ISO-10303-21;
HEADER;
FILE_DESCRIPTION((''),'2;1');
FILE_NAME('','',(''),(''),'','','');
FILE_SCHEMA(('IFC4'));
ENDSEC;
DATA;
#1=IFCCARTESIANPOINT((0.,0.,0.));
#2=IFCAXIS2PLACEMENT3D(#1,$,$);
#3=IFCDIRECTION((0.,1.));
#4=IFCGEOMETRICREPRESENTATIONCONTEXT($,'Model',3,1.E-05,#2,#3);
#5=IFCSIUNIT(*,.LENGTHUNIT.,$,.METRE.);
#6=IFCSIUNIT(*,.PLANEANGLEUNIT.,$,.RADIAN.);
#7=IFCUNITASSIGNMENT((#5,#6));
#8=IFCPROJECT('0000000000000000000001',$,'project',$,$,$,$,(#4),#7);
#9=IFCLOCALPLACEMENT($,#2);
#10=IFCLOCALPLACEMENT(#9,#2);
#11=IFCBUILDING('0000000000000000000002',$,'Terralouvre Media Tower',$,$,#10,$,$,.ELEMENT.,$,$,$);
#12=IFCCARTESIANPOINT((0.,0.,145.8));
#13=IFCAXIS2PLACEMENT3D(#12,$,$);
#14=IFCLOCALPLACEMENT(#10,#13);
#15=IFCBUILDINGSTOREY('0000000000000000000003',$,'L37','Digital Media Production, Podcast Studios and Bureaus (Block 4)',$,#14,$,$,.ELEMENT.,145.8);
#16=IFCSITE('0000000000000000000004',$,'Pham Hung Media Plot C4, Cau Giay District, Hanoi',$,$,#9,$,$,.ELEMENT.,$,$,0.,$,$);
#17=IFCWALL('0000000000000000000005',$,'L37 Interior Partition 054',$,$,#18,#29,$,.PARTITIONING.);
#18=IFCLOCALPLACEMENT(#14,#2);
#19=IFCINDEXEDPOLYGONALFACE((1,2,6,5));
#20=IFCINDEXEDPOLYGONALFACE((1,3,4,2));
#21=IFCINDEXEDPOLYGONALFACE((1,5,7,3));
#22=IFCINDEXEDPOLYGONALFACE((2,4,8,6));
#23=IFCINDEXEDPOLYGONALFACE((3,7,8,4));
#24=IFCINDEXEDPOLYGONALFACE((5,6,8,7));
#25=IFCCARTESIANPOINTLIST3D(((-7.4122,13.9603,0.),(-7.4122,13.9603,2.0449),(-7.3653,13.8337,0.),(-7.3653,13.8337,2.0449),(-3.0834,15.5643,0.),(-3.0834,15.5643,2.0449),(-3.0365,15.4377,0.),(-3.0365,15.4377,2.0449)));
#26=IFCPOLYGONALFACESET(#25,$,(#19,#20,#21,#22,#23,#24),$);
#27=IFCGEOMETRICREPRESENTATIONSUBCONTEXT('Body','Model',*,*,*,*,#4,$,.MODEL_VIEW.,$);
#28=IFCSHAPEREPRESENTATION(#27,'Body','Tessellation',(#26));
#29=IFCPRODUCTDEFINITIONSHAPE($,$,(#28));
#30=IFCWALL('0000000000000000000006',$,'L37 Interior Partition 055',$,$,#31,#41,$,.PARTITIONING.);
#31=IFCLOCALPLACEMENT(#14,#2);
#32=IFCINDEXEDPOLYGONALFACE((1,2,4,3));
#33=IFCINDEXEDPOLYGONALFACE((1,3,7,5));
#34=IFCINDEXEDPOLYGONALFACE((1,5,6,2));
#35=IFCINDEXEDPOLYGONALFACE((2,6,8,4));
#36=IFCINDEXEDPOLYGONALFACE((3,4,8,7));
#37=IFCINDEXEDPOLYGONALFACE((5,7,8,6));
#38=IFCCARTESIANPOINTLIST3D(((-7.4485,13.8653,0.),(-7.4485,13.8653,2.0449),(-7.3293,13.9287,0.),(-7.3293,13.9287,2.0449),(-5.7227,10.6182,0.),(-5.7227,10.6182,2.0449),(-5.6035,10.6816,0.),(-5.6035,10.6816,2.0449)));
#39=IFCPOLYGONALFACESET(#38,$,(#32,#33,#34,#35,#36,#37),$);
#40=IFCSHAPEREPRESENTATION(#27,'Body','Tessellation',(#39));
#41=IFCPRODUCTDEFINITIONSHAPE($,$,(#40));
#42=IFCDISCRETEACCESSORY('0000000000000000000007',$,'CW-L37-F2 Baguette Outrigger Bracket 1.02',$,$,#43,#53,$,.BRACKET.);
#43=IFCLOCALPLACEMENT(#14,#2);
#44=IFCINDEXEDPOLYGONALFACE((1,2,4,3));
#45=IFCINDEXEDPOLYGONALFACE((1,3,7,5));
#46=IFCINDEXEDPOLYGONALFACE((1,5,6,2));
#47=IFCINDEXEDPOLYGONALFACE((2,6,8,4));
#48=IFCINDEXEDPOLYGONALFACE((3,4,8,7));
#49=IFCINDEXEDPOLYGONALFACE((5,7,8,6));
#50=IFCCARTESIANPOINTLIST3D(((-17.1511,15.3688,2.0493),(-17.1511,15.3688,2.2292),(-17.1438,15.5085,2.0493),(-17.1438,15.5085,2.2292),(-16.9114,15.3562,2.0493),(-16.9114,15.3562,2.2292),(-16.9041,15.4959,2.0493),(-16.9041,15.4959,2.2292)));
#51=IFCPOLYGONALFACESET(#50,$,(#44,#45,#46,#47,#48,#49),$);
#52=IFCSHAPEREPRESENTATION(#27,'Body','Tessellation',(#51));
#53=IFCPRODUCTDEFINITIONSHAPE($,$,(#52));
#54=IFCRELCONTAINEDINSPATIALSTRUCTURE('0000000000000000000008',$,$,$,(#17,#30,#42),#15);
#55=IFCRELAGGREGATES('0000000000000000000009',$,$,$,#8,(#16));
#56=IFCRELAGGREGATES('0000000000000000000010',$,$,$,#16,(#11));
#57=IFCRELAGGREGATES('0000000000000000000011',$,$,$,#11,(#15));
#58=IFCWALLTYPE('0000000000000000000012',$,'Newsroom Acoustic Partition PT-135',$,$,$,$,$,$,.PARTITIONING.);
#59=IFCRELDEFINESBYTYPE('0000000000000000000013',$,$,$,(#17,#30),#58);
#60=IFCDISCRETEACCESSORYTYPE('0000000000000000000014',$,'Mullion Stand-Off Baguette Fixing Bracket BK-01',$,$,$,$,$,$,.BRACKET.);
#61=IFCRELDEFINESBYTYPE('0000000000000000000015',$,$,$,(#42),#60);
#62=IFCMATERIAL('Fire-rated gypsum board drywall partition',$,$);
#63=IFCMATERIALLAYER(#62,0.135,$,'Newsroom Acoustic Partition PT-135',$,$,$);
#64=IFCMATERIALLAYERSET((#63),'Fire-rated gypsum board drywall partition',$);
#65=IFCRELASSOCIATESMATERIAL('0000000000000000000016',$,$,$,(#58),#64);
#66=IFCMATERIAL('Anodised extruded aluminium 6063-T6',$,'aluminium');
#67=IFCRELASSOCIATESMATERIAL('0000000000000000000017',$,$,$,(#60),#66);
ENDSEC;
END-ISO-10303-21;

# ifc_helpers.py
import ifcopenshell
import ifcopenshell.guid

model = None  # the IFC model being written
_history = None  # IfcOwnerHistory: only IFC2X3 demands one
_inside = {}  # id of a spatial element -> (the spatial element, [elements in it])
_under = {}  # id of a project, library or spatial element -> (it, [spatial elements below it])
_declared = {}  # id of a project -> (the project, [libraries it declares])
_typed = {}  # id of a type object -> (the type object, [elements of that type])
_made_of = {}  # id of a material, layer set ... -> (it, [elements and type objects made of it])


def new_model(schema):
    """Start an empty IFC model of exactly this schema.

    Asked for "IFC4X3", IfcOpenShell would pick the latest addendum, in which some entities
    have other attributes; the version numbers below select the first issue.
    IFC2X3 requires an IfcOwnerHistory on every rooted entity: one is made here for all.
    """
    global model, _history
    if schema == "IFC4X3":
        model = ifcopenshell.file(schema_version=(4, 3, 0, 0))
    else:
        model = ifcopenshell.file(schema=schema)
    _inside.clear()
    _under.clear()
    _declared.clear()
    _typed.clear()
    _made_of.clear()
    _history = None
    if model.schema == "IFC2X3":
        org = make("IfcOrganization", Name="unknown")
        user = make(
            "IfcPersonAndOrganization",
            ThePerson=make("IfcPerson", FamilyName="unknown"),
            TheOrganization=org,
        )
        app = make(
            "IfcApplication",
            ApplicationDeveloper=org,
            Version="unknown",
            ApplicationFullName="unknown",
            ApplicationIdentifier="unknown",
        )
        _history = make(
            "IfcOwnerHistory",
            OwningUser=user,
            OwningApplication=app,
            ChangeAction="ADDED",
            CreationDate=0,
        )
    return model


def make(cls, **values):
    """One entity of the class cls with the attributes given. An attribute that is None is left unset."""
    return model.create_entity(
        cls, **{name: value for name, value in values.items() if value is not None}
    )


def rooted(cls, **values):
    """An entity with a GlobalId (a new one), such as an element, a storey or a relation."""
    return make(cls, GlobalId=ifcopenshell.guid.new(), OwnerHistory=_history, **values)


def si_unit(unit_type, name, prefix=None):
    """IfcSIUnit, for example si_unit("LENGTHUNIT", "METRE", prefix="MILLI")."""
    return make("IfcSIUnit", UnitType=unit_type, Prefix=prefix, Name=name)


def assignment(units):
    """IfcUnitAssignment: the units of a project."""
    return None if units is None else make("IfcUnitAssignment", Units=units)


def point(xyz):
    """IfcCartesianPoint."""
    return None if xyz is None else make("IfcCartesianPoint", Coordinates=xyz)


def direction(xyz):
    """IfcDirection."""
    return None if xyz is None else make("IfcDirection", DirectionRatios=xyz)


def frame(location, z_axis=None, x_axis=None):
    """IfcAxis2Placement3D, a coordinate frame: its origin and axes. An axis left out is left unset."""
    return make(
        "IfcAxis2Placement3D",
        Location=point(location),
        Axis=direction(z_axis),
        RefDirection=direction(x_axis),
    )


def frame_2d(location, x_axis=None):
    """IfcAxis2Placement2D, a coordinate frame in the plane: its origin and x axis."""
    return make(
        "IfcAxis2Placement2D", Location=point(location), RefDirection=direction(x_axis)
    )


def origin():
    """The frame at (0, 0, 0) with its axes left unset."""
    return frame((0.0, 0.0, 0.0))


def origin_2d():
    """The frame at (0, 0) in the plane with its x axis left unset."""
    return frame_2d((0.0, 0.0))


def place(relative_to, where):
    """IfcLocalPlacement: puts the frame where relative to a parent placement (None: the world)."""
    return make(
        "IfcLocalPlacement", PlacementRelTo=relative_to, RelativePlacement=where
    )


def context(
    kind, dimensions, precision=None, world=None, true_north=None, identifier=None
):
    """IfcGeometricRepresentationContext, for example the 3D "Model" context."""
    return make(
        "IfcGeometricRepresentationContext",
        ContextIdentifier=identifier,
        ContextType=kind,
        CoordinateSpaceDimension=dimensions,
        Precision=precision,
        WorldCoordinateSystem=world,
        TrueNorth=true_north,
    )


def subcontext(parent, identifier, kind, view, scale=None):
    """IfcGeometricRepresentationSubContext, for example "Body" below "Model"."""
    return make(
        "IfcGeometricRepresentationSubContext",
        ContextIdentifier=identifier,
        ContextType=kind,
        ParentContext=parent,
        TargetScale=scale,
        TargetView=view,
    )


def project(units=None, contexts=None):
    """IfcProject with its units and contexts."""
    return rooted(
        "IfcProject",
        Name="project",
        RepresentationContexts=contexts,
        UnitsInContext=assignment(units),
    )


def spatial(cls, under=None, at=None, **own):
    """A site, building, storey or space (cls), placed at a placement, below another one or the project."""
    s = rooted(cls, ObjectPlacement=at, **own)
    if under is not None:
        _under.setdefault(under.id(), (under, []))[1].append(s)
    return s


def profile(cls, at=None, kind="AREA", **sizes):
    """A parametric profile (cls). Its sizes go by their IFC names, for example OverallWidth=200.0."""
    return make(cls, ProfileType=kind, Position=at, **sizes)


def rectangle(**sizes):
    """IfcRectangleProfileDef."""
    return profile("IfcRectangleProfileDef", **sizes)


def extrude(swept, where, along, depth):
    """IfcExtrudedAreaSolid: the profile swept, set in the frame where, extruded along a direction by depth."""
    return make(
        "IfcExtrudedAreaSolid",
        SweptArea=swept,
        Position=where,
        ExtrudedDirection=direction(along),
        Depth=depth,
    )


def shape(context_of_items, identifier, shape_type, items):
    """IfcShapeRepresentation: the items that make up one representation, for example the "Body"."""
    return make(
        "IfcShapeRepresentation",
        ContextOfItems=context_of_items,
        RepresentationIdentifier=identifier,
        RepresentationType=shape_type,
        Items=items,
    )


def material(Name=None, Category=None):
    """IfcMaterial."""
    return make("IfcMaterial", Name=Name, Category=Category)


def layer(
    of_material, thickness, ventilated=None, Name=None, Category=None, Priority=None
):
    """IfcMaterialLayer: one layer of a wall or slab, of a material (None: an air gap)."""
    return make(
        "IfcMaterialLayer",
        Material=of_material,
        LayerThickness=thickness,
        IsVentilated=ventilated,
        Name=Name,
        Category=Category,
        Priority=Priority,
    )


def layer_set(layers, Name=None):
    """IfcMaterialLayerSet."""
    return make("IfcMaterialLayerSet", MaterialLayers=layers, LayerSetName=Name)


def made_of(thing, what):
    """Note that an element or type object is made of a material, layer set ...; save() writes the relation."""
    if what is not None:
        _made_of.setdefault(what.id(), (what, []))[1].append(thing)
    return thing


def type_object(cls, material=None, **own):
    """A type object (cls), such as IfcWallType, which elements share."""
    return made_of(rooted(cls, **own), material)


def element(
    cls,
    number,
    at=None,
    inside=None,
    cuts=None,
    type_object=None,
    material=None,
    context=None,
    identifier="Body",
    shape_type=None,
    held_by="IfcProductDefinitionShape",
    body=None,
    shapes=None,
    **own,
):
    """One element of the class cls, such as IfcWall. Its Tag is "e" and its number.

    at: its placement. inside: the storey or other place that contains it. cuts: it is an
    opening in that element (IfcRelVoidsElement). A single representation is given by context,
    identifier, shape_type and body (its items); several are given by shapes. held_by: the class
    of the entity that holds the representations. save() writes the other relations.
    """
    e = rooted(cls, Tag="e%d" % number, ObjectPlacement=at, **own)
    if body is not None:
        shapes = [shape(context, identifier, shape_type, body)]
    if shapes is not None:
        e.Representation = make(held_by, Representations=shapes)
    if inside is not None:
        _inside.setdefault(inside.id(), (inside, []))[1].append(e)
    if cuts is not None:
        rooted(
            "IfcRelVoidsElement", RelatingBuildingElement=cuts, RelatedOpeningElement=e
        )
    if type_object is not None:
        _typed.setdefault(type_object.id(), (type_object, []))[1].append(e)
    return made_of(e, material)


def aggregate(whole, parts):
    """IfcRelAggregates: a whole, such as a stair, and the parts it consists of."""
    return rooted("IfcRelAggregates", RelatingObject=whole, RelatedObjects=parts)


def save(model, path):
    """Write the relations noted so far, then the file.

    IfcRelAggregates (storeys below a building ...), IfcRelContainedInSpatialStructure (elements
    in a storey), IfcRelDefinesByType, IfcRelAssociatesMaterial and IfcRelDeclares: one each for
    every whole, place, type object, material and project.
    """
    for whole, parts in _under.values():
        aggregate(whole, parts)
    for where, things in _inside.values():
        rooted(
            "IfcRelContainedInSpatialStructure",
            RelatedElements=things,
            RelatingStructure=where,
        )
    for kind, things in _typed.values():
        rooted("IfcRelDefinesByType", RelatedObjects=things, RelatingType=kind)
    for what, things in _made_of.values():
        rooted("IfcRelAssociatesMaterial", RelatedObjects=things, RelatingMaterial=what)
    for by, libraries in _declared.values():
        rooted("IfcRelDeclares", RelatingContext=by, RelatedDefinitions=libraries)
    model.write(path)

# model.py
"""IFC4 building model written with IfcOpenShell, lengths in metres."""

from ifc_helpers import new_model, si_unit, direction, frame, frame_2d, origin, origin_2d, place, context, subcontext, project, spatial, rectangle, extrude, material, layer, layer_set, type_object, element, save


model = new_model("IFC4")

# Units and contexts
model_context = context("Model", 3, precision=1e-05, world=origin(), true_north=direction((0.0, 1.0)))
body_context = subcontext(model_context, "Body", "Model", "MODEL_VIEW")
ifc_project = project(units=[si_unit("LENGTHUNIT", "METRE"), si_unit("PLANEANGLEUNIT", "RADIAN")], contexts=[model_context])

# Site, building, storey
site_placement = place(None, origin())
site = spatial("IfcSite", under=ifc_project, at=site_placement, Name="Pham Hung Media Plot C4, Cau Giay District, Hanoi", CompositionType="ELEMENT", RefElevation=0.0)
building_placement = place(site_placement, origin())
building = spatial("IfcBuilding", under=site, at=building_placement, Name="Terralouvre Media Tower", CompositionType="ELEMENT")
storey_placement = place(building_placement, frame((0.0, 0.0, 145.8)))
storey = spatial("IfcBuildingStorey", under=building, at=storey_placement, Name="L37", Description="Digital Media Production, Podcast Studios and Bureaus (Block 4)", CompositionType="ELEMENT", Elevation=145.8)

# Walls
ifc_material_1 = material(Name="Fire-rated gypsum board drywall partition")
ifc_layer_1 = layer(ifc_material_1, 0.135, Name="Newsroom Acoustic Partition PT-135")
ifc_layer_set_1 = layer_set([ifc_layer_1], Name="Fire-rated gypsum board drywall partition")
wall_type_1 = type_object("IfcWallType", Name="Newsroom Acoustic Partition PT-135", PredefinedType="PARTITIONING", material=ifc_layer_set_1)
wall_1_placement = place(storey_placement, frame((-3.0601, 15.501, 0.0), z_axis=(0.0, 0.0, 1.0), x_axis=(-0.937698, -0.347452, 0.0)))
element("IfcWall", 1, at=wall_1_placement, inside=storey, type_object=wall_type_1, Name="L37 Interior Partition 054", PredefinedType="PARTITIONING", context=body_context, shape_type="SweptSolid", body=[
    extrude(rectangle(XDim=4.6165, YDim=0.135, at=frame_2d((2.3081, 0.0))), origin(), (0.0, 0.0, 1.0), 2.0449),
])
wall_2_placement = place(storey_placement, frame((-7.3889, 13.897, 0.0), z_axis=(0.0, 0.0, 1.0), x_axis=(0.46933, -0.883023, 0.0)))
element("IfcWall", 2, at=wall_2_placement, inside=storey, type_object=wall_type_1, Name="L37 Interior Partition 055", PredefinedType="PARTITIONING", context=body_context, shape_type="SweptSolid", body=[
    extrude(rectangle(XDim=3.6772, YDim=0.135, at=frame_2d((1.8386, 0.0))), origin(), (0.0, 0.0, 1.0), 2.0449),
])

# Discrete accessory
ifc_material_2 = material(Name="Anodised extruded aluminium 6063-T6", Category="aluminium")
discrete_accessory_type = type_object("IfcDiscreteAccessoryType", Name="Mullion Stand-Off Baguette Fixing Bracket BK-01", PredefinedType="BRACKET", material=ifc_material_2)
discrete_accessory_placement = place(storey_placement, frame((-17.0276, 15.4324, 2.0493), z_axis=(0.0, 0.0, 1.0), x_axis=(-0.052336, -0.99863, 0.0)))
element("IfcDiscreteAccessory", 3, at=discrete_accessory_placement, inside=storey, type_object=discrete_accessory_type, Name="CW-L37-F2 Baguette Outrigger Bracket 1.02", PredefinedType="BRACKET", context=body_context, shape_type="SweptSolid", body=[
    extrude(rectangle(XDim=0.1399, YDim=0.24, at=origin_2d()), origin(), (0.0, 0.0, 1.0), 0.1799),
])

save(model, "model.ifc")
